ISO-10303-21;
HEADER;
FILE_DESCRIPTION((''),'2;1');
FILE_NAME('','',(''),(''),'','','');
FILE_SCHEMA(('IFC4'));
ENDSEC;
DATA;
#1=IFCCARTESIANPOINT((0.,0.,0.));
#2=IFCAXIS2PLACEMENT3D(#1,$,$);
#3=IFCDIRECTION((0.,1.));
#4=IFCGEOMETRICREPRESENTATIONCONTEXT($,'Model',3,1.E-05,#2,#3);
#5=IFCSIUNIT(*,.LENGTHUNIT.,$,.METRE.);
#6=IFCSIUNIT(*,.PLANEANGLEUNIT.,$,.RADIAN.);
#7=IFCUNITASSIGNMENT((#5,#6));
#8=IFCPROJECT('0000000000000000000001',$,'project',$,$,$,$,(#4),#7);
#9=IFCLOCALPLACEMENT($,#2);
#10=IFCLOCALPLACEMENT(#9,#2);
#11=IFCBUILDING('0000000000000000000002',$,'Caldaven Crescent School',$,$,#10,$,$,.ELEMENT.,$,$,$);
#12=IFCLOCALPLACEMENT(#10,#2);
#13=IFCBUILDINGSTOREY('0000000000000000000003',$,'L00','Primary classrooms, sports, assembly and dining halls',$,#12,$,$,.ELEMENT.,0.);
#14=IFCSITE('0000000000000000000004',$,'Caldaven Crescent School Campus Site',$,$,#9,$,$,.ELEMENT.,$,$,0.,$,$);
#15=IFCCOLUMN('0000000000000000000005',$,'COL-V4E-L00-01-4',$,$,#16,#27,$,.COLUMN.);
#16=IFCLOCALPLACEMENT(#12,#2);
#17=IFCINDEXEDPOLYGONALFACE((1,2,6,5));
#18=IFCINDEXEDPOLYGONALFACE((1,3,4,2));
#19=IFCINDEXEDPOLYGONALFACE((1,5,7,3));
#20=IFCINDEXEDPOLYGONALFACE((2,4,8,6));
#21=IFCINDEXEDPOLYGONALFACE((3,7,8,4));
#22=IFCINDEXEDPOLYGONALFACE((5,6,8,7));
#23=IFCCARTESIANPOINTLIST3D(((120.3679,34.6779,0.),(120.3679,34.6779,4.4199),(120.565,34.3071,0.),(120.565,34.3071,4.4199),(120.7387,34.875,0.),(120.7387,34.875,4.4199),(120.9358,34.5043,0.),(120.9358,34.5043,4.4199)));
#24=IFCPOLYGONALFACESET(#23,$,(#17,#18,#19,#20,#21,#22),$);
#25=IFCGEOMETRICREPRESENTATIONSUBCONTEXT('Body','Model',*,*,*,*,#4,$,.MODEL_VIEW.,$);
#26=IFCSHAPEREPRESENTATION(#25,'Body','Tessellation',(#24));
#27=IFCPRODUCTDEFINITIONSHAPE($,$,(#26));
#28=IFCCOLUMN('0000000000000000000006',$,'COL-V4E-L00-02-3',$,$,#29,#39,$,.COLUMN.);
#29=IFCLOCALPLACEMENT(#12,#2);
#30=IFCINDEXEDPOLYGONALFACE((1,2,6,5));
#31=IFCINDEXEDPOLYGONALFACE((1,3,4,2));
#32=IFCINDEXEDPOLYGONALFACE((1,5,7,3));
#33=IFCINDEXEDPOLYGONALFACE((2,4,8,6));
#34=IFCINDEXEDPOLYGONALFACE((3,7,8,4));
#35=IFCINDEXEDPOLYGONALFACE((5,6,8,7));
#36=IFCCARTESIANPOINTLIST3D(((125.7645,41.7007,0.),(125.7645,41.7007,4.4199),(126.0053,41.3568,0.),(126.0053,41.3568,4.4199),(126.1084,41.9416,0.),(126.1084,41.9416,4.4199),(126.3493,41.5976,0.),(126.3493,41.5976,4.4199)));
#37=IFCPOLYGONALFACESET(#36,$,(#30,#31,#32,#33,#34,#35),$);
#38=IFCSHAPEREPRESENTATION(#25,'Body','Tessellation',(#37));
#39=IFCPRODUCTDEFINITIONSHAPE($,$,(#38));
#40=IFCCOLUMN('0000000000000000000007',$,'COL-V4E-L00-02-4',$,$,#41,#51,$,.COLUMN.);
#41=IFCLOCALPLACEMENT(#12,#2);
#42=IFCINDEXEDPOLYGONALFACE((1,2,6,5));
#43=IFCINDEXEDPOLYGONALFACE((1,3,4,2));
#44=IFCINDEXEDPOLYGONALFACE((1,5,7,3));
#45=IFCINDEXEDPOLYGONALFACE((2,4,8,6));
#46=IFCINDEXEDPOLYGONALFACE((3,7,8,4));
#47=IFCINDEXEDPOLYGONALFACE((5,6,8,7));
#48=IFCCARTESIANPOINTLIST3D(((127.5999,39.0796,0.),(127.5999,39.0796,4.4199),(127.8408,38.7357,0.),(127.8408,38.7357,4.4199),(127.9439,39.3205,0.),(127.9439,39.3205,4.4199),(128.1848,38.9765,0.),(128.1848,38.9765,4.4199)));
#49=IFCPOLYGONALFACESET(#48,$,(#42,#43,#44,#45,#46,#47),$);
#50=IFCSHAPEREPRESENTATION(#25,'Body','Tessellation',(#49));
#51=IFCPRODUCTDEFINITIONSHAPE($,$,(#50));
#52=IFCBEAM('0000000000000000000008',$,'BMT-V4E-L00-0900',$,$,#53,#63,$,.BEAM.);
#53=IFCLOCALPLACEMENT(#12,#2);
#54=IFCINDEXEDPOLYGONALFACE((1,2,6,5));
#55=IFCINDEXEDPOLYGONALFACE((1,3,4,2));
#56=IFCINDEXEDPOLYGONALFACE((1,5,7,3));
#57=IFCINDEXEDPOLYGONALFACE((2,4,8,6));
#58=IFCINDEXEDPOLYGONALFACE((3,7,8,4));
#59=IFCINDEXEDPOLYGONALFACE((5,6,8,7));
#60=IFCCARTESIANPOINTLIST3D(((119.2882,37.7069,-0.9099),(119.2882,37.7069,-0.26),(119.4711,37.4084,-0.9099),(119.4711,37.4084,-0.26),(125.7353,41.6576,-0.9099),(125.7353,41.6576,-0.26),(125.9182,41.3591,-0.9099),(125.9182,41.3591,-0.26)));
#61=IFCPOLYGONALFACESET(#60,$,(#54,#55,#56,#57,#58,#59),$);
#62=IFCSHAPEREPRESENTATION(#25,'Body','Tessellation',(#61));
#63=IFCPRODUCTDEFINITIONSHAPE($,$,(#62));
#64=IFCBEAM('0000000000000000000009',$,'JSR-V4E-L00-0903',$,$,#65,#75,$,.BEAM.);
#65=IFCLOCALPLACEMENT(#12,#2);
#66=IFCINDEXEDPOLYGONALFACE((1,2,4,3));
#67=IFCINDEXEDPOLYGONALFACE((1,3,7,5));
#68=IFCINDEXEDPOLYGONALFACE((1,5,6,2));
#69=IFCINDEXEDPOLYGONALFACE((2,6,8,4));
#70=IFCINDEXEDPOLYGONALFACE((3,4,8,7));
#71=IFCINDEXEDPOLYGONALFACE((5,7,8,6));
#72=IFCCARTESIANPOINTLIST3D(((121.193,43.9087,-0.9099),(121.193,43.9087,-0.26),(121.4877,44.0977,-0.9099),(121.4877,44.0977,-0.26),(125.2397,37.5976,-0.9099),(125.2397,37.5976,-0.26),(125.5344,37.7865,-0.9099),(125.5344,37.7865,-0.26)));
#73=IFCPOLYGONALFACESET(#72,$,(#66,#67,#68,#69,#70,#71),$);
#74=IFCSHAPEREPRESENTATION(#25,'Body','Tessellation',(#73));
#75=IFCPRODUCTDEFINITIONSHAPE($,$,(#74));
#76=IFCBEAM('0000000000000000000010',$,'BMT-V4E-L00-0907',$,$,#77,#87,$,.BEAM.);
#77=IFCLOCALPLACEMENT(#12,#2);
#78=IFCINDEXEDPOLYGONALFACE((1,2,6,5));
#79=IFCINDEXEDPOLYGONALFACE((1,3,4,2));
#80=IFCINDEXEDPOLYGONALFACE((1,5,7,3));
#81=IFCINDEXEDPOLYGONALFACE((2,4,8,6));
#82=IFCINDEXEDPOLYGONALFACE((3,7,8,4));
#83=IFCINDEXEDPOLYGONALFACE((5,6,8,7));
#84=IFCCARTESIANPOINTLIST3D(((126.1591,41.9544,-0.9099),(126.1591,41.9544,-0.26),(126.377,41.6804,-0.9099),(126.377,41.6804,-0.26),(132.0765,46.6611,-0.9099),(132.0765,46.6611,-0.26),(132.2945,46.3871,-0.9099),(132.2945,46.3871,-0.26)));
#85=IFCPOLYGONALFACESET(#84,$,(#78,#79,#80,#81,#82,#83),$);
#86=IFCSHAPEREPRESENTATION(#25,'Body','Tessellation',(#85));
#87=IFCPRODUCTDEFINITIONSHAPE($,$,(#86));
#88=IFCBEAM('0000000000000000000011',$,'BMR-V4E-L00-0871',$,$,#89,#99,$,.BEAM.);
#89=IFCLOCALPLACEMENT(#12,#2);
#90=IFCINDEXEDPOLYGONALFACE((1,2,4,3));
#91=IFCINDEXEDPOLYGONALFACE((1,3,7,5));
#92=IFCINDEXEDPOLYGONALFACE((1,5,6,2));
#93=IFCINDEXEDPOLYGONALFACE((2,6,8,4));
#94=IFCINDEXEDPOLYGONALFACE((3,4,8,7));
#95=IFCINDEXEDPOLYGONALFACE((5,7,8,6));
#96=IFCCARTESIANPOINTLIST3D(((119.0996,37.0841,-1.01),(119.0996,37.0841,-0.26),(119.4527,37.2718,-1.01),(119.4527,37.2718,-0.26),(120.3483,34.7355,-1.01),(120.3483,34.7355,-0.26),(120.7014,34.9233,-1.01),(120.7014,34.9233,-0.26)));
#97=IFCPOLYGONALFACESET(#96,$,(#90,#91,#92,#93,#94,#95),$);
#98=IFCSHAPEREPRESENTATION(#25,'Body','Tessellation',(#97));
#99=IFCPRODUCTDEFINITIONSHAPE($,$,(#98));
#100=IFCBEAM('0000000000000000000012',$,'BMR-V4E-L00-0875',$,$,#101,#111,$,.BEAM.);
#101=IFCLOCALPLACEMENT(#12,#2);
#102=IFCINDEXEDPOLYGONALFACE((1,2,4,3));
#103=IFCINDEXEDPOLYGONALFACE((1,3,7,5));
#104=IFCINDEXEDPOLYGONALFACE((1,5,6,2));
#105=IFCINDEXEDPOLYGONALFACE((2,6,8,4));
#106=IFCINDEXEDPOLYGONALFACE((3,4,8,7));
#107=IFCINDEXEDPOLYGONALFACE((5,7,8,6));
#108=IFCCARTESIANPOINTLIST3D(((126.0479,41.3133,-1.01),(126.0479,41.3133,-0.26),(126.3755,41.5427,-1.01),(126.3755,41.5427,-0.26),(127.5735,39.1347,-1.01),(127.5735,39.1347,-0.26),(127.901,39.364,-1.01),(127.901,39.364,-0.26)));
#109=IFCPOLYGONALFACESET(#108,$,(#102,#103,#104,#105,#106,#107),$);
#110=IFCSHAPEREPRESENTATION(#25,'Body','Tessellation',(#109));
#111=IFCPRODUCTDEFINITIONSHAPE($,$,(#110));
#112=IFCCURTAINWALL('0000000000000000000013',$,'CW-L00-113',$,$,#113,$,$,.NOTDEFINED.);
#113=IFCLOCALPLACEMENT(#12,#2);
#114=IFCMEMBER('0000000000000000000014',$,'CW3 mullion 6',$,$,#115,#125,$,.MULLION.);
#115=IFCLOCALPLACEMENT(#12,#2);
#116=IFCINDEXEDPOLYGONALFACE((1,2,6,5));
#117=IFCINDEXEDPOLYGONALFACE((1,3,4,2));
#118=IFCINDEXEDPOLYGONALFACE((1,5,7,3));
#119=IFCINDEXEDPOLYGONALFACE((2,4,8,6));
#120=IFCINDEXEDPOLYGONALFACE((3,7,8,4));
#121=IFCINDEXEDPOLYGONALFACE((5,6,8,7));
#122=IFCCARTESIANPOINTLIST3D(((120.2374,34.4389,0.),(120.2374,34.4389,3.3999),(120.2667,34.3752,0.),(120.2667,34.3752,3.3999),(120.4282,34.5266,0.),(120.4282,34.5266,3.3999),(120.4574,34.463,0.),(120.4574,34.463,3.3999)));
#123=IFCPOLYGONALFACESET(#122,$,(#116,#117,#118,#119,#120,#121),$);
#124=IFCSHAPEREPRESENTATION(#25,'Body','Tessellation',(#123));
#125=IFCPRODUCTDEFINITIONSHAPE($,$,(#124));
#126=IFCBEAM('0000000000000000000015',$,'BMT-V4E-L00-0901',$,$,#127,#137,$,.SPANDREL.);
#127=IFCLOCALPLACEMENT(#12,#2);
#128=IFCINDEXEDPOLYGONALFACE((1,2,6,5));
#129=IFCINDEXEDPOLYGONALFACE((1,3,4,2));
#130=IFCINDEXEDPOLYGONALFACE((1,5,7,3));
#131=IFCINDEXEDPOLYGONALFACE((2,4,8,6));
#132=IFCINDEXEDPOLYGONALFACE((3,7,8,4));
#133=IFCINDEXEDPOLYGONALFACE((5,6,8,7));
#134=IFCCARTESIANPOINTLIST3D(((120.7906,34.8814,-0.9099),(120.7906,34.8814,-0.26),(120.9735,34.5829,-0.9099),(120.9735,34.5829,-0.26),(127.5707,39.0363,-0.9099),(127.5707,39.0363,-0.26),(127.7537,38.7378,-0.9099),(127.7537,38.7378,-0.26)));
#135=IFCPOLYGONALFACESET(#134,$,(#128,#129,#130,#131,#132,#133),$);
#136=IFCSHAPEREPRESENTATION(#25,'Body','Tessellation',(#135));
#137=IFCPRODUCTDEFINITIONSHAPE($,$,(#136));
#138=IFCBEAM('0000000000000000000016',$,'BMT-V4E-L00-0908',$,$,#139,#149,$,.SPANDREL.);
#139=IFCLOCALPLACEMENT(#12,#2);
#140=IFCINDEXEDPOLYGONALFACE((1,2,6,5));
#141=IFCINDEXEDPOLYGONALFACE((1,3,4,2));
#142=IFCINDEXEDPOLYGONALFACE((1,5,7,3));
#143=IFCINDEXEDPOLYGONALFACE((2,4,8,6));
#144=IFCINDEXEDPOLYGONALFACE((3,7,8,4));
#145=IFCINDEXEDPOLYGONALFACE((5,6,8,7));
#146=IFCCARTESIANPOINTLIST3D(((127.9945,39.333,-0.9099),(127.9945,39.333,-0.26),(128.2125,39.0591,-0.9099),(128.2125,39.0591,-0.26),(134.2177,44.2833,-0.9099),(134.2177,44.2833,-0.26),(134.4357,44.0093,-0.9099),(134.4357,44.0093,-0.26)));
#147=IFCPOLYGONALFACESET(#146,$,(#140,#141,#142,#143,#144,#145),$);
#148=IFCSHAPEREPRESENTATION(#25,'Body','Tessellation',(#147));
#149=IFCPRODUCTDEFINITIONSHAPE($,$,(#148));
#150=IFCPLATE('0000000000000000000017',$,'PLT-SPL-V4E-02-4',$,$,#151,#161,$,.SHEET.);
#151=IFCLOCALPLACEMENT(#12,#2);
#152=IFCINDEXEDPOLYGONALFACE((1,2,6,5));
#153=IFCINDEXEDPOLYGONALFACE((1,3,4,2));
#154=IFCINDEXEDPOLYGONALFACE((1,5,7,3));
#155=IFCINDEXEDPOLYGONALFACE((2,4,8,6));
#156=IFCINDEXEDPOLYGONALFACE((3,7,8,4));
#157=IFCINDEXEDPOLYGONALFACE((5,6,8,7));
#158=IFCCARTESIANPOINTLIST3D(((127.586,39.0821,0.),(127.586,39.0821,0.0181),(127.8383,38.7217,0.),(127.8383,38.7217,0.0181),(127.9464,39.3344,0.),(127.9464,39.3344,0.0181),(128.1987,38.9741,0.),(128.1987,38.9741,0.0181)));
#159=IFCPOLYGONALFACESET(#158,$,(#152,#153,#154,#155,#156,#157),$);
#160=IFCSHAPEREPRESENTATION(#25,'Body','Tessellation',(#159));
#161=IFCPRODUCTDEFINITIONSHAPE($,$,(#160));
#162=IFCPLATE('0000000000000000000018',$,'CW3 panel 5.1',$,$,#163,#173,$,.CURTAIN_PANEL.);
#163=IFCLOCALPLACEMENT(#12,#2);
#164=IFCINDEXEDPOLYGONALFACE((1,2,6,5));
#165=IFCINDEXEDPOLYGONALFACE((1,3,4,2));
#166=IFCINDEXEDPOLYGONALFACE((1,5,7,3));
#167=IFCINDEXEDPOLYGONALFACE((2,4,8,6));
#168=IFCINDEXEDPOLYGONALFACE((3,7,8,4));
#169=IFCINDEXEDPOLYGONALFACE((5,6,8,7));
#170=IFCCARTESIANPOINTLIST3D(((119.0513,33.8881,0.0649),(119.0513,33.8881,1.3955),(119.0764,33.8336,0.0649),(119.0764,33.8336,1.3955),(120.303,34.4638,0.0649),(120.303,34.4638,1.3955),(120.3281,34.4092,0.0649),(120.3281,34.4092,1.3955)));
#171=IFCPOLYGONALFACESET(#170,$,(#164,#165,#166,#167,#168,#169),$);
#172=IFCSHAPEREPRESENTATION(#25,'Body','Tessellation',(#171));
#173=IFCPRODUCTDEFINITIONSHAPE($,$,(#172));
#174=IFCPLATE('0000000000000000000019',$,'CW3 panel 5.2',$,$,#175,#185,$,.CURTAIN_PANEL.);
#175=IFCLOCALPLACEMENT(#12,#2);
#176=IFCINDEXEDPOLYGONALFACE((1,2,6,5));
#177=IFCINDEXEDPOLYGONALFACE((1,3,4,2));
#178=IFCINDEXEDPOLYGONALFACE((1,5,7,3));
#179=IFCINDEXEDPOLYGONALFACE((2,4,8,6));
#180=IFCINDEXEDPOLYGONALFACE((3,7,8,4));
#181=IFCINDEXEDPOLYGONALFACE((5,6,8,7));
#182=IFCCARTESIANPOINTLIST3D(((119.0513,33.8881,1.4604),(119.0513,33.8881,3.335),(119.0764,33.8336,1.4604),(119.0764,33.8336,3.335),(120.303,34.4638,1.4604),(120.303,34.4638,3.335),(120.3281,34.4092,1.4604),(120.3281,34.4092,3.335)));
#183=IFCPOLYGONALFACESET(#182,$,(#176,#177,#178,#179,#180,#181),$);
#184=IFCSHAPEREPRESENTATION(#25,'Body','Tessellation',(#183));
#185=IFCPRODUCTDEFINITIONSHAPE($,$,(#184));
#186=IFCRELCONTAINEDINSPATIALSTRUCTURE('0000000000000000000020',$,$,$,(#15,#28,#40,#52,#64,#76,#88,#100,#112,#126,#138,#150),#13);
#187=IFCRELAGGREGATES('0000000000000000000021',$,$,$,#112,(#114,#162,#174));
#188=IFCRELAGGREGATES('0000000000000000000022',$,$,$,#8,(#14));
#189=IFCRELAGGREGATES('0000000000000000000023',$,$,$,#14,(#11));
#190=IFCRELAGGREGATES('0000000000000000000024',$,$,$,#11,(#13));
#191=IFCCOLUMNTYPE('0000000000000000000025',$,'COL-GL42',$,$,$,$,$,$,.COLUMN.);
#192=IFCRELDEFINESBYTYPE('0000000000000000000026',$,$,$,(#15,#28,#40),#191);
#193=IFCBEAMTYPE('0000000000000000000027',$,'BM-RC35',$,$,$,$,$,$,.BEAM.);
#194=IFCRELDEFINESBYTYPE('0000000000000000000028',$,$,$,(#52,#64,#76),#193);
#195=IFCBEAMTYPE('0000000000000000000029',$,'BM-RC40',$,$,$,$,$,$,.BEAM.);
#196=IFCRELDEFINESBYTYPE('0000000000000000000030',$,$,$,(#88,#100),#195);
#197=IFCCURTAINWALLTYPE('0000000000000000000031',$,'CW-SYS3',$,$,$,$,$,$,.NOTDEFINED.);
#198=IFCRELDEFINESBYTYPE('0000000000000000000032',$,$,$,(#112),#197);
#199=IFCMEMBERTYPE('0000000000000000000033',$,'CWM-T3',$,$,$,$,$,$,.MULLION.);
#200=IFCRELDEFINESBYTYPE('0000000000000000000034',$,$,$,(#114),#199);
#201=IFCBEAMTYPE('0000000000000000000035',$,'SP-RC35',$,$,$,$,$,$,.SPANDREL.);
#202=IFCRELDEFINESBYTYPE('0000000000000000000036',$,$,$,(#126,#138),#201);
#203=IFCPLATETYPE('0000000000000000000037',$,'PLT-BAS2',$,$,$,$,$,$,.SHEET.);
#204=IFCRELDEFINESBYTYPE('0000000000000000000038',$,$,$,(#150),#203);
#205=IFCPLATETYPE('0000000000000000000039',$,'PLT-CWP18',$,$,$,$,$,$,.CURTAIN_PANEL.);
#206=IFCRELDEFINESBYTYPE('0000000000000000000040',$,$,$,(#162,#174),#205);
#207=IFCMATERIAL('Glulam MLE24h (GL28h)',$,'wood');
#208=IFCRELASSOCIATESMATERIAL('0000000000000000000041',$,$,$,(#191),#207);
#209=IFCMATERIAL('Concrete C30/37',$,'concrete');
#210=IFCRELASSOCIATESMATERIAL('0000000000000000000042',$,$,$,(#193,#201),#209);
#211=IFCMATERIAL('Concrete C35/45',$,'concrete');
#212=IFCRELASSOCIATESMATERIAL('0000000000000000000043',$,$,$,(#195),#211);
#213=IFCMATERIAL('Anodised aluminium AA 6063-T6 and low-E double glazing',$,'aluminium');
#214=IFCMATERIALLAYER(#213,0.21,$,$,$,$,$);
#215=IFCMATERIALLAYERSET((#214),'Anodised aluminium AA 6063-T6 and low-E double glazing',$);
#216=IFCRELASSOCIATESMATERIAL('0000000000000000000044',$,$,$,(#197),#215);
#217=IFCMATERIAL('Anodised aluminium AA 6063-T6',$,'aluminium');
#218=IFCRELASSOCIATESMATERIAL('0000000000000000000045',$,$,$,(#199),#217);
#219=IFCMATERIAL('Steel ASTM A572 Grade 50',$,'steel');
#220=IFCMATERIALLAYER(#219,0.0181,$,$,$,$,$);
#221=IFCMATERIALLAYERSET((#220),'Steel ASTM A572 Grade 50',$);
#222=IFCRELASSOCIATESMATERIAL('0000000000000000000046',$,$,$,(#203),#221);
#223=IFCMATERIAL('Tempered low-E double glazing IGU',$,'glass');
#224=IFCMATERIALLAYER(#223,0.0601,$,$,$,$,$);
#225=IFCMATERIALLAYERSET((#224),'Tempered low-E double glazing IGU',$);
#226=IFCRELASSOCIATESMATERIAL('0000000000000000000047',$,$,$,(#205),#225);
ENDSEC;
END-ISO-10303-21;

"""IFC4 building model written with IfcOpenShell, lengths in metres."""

from ifc_helpers import new_model, si_unit, direction, frame, origin, origin_2d, place, context, subcontext, project, spatial, rectangle, extrude, material, layer, layer_set, material_profile, profile_set, type_object, element, aggregate, save


model = new_model("IFC4")

# Units and contexts
model_context = context("Model", 3, precision=1e-05, world=origin(), true_north=direction((0.0, 1.0)))
body_context = subcontext(model_context, "Body", "Model", "MODEL_VIEW")
ifc_project = project(units=[si_unit("LENGTHUNIT", "METRE"), si_unit("PLANEANGLEUNIT", "RADIAN")], contexts=[model_context])

# Site, building, storey
site_placement = place(None, origin())
site = spatial("IfcSite", under=ifc_project, at=site_placement, Name="Caldaven Crescent School Campus Site", CompositionType="ELEMENT", RefElevation=0.0)
building_placement = place(site_placement, origin())
building = spatial("IfcBuilding", under=site, at=building_placement, Name="Caldaven Crescent School", CompositionType="ELEMENT")
storey_placement = place(building_placement, origin())
storey = spatial("IfcBuildingStorey", under=building, at=storey_placement, Name="L00", Description="Primary classrooms, sports, assembly and dining halls", CompositionType="ELEMENT", Elevation=0.0)

# Columns
ifc_material_1 = material(Name="Glulam MLE24h (GL28h)", Category="wood")
ifc_material_profile_1 = material_profile(ifc_material_1, rectangle(XDim=0.4199, YDim=0.4199, at=origin_2d()), Name="MLE 420x420")
ifc_profile_set_1 = profile_set([ifc_material_profile_1], Name="Glulam MLE24h (GL28h)")
column_type = type_object("IfcColumnType", Name="COL-GL42", PredefinedType="COLUMN", material=ifc_profile_set_1)
for number, where, z_axis, x_axis, name in (
    (1, (120.6519, 34.5911, 0.0), (0.0, 0.0, 1.0), (0.469472, -0.882948, 0.0), "COL-V4E-L00-01-4"),
    (2, (126.0569, 41.6492, 0.0), (0.0, 0.0, 1.0), (0.573576, -0.819152, 0.0), "COL-V4E-L00-02-3"),
    (3, (127.8923, 39.0281, 0.0), (0.0, 0.0, 1.0), (0.573576, -0.819152, 0.0), "COL-V4E-L00-02-4"),
):
    element("IfcColumn", number, at=place(storey_placement, frame(where, z_axis=z_axis, x_axis=x_axis)), inside=storey, type_object=column_type, Name=name, PredefinedType="COLUMN", context=body_context, shape_type="SweptSolid", body=[
        extrude(rectangle(XDim=0.4199, YDim=0.4199, at=origin_2d()), origin(), (0.0, 0.0, 1.0), 4.4199),
    ])

# Beams
ifc_material_2 = material(Name="Concrete C30/37", Category="concrete")
ifc_material_profile_2 = material_profile(ifc_material_2, rectangle(XDim=0.3501, YDim=0.6499, at=origin_2d()), Name="RC 350x650")
ifc_profile_set_2 = profile_set([ifc_material_profile_2], Name="Concrete C30/37")
beam_type_1 = type_object("IfcBeamType", Name="BM-RC35", PredefinedType="BEAM", material=ifc_profile_set_2)
beam_1_placement = place(storey_placement, frame((119.3796, 37.5576, -0.585), z_axis=(0.852643, 0.522493, 0.0), x_axis=(-0.522493, 0.852643, 0.0)))
element("IfcBeam", 4, at=beam_1_placement, inside=storey, type_object=beam_type_1, Name="BMT-V4E-L00-0900", PredefinedType="BEAM", context=body_context, shape_type="SweptSolid", body=[
    extrude(rectangle(XDim=0.3501, YDim=0.6499, at=origin_2d()), origin(), (0.0, 0.0, 1.0), 7.5613),
])
beam_2_placement = place(storey_placement, frame((121.3403, 44.0032, -0.585), z_axis=(0.53977, -0.841813, 0.0), x_axis=(0.841813, 0.53977, 0.0)))
element("IfcBeam", 5, at=beam_2_placement, inside=storey, type_object=beam_type_1, Name="JSR-V4E-L00-0903", PredefinedType="BEAM", context=body_context, shape_type="SweptSolid", body=[
    extrude(rectangle(XDim=0.3501, YDim=0.6499, at=origin_2d()), origin(), (0.0, 0.0, 1.0), 7.4971),
])
beam_3_placement = place(storey_placement, frame((126.2681, 41.8174, -0.585), z_axis=(0.78262, 0.622499, 0.0), x_axis=(-0.622499, 0.78262, 0.0)))
element("IfcBeam", 6, at=beam_3_placement, inside=storey, type_object=beam_type_1, Name="BMT-V4E-L00-0907", PredefinedType="BEAM", context=body_context, shape_type="SweptSolid", body=[
    extrude(rectangle(XDim=0.3501, YDim=0.6499, at=origin_2d()), origin(), (0.0, 0.0, 1.0), 7.561),
])
ifc_material_3 = material(Name="Concrete C35/45", Category="concrete")
ifc_material_profile_3 = material_profile(ifc_material_3, rectangle(XDim=0.3999, YDim=0.75, at=origin_2d()), Name="RC 400x750")
ifc_profile_set_3 = profile_set([ifc_material_profile_3], Name="Concrete C35/45")
beam_type_2 = type_object("IfcBeamType", Name="BM-RC40", PredefinedType="BEAM", material=ifc_profile_set_3)
beam_4_placement = place(storey_placement, frame((119.2761, 37.178, -0.635), z_axis=(0.469468, -0.882949, 0.0), x_axis=(0.882949, 0.469468, 0.0)))
element("IfcBeam", 7, at=beam_4_placement, inside=storey, type_object=beam_type_2, Name="BMR-V4E-L00-0871", PredefinedType="BEAM", context=body_context, shape_type="SweptSolid", body=[
    extrude(rectangle(XDim=0.3999, YDim=0.75, at=origin_2d()), origin(), (0.0, 0.0, 1.0), 2.6599),
])
beam_5_placement = place(storey_placement, frame((126.2117, 41.428, -0.635), z_axis=(0.573598, -0.819137, 0.0), x_axis=(0.819137, 0.573598, 0.0)))
element("IfcBeam", 8, at=beam_5_placement, inside=storey, type_object=beam_type_2, Name="BMR-V4E-L00-0875", PredefinedType="BEAM", context=body_context, shape_type="SweptSolid", body=[
    extrude(rectangle(XDim=0.3999, YDim=0.75, at=origin_2d()), origin(), (0.0, 0.0, 1.0), 2.6597),
])

# Curtain wall, member
ifc_material_4 = material(Name="Anodised aluminium AA 6063-T6 and low-E double glazing", Category="aluminium")
ifc_layer_1 = layer(ifc_material_4, 0.21)
ifc_layer_set_1 = layer_set([ifc_layer_1], Name="Anodised aluminium AA 6063-T6 and low-E double glazing")
curtain_wall_type = type_object("IfcCurtainWallType", Name="CW-SYS3", PredefinedType="NOTDEFINED", material=ifc_layer_set_1)
curtain_wall_placement = place(storey_placement, origin())
curtain_wall = element("IfcCurtainWall", 9, at=curtain_wall_placement, inside=storey, type_object=curtain_wall_type, Name="CW-L00-113", PredefinedType="NOTDEFINED")
ifc_material_5 = material(Name="Anodised aluminium AA 6063-T6", Category="aluminium")
ifc_material_profile_4 = material_profile(ifc_material_5, rectangle(XDim=0.0701, YDim=0.21, at=origin_2d()), Name="CWM 70x210")
ifc_profile_set_4 = profile_set([ifc_material_profile_4], Name="Anodised aluminium AA 6063-T6")
member_type = type_object("IfcMemberType", Name="CWM-T3", PredefinedType="MULLION", material=ifc_profile_set_4)
member_placement = place(storey_placement, frame((120.3474, 34.4509, 0.0), z_axis=(0.0, 0.0, 1.0), x_axis=(-0.417823, 0.908528, 0.0)))
member = element("IfcMember", 10, at=member_placement, type_object=member_type, Name="CW3 mullion 6", PredefinedType="MULLION", context=body_context, shape_type="SweptSolid", body=[
    extrude(rectangle(XDim=0.0701, YDim=0.21, at=origin_2d()), origin(), (0.0, 0.0, 1.0), 3.3999),
])

# Beams
ifc_material_profile_5 = material_profile(ifc_material_2, rectangle(XDim=0.3501, YDim=0.6499, at=origin_2d()), Name="RC 350x650")
ifc_profile_set_5 = profile_set([ifc_material_profile_5], Name="Concrete C30/37")
beam_type_3 = type_object("IfcBeamType", Name="SP-RC35", PredefinedType="SPANDREL", material=ifc_profile_set_5)
for number, where, z_axis, x_axis, name in (
    (11, (120.8821, 34.7322, -0.585), (0.852641, 0.522497, 0.0), (-0.522497, 0.852641, 0.0), "BMT-V4E-L00-0901"),
    (12, (128.1035, 39.196, -0.585), (0.782603, 0.622521, 0.0), (-0.622521, 0.782603, 0.0), "BMT-V4E-L00-0908"),
):
    element("IfcBeam", number, at=place(storey_placement, frame(where, z_axis=z_axis, x_axis=x_axis)), inside=storey, type_object=beam_type_3, Name=name, PredefinedType="SPANDREL", context=body_context, shape_type="SweptSolid", body=[
        extrude(rectangle(XDim=0.3501, YDim=0.6499, at=origin_2d()), origin(), (0.0, 0.0, 1.0), 7.9519),
    ])

# Plates
ifc_material_6 = material(Name="Steel ASTM A572 Grade 50", Category="steel")
ifc_layer_2 = layer(ifc_material_6, 0.0181)
ifc_layer_set_2 = layer_set([ifc_layer_2], Name="Steel ASTM A572 Grade 50")
plate_type_1 = type_object("IfcPlateType", Name="PLT-BAS2", PredefinedType="SHEET", material=ifc_layer_set_2)
plate_1_placement = place(storey_placement, frame((127.8923, 39.0281, 0.0), z_axis=(0.0, 0.0, 1.0), x_axis=(0.573576, -0.819152, 0.0)))
element("IfcPlate", 13, at=plate_1_placement, inside=storey, type_object=plate_type_1, Name="PLT-SPL-V4E-02-4", PredefinedType="SHEET", context=body_context, shape_type="SweptSolid", body=[
    extrude(rectangle(XDim=0.4399, YDim=0.4399, at=origin_2d()), origin(), (0.0, 0.0, 1.0), 0.0181),
])
ifc_material_7 = material(Name="Tempered low-E double glazing IGU", Category="glass")
ifc_layer_3 = layer(ifc_material_7, 0.0601)
ifc_layer_set_3 = layer_set([ifc_layer_3], Name="Tempered low-E double glazing IGU")
plate_type_2 = type_object("IfcPlateType", Name="PLT-CWP18", PredefinedType="CURTAIN_PANEL", material=ifc_layer_set_3)
plate_2_placement = place(storey_placement, frame((119.6897, 34.1487, 0.0649), z_axis=(0.0, 0.0, 1.0), x_axis=(0.908528, 0.417823, 0.0)))
plate_2 = element("IfcPlate", 14, at=plate_2_placement, type_object=plate_type_2, Name="CW3 panel 5.1", PredefinedType="CURTAIN_PANEL", context=body_context, shape_type="SweptSolid", body=[
    extrude(rectangle(XDim=1.3777, YDim=0.0601, at=origin_2d()), origin(), (0.0, 0.0, 1.0), 1.3306),
])
plate_3_placement = place(storey_placement, frame((119.6897, 34.1487, 1.4604), z_axis=(0.0, 0.0, 1.0), x_axis=(0.908528, 0.417823, 0.0)))
plate_3 = element("IfcPlate", 15, at=plate_3_placement, type_object=plate_type_2, Name="CW3 panel 5.2", PredefinedType="CURTAIN_PANEL", context=body_context, shape_type="SweptSolid", body=[
    extrude(rectangle(XDim=1.3777, YDim=0.0601, at=origin_2d()), origin(), (0.0, 0.0, 1.0), 1.8745),
])
aggregate(curtain_wall, [member, plate_2, plate_3])

save(model, "model.ifc")
